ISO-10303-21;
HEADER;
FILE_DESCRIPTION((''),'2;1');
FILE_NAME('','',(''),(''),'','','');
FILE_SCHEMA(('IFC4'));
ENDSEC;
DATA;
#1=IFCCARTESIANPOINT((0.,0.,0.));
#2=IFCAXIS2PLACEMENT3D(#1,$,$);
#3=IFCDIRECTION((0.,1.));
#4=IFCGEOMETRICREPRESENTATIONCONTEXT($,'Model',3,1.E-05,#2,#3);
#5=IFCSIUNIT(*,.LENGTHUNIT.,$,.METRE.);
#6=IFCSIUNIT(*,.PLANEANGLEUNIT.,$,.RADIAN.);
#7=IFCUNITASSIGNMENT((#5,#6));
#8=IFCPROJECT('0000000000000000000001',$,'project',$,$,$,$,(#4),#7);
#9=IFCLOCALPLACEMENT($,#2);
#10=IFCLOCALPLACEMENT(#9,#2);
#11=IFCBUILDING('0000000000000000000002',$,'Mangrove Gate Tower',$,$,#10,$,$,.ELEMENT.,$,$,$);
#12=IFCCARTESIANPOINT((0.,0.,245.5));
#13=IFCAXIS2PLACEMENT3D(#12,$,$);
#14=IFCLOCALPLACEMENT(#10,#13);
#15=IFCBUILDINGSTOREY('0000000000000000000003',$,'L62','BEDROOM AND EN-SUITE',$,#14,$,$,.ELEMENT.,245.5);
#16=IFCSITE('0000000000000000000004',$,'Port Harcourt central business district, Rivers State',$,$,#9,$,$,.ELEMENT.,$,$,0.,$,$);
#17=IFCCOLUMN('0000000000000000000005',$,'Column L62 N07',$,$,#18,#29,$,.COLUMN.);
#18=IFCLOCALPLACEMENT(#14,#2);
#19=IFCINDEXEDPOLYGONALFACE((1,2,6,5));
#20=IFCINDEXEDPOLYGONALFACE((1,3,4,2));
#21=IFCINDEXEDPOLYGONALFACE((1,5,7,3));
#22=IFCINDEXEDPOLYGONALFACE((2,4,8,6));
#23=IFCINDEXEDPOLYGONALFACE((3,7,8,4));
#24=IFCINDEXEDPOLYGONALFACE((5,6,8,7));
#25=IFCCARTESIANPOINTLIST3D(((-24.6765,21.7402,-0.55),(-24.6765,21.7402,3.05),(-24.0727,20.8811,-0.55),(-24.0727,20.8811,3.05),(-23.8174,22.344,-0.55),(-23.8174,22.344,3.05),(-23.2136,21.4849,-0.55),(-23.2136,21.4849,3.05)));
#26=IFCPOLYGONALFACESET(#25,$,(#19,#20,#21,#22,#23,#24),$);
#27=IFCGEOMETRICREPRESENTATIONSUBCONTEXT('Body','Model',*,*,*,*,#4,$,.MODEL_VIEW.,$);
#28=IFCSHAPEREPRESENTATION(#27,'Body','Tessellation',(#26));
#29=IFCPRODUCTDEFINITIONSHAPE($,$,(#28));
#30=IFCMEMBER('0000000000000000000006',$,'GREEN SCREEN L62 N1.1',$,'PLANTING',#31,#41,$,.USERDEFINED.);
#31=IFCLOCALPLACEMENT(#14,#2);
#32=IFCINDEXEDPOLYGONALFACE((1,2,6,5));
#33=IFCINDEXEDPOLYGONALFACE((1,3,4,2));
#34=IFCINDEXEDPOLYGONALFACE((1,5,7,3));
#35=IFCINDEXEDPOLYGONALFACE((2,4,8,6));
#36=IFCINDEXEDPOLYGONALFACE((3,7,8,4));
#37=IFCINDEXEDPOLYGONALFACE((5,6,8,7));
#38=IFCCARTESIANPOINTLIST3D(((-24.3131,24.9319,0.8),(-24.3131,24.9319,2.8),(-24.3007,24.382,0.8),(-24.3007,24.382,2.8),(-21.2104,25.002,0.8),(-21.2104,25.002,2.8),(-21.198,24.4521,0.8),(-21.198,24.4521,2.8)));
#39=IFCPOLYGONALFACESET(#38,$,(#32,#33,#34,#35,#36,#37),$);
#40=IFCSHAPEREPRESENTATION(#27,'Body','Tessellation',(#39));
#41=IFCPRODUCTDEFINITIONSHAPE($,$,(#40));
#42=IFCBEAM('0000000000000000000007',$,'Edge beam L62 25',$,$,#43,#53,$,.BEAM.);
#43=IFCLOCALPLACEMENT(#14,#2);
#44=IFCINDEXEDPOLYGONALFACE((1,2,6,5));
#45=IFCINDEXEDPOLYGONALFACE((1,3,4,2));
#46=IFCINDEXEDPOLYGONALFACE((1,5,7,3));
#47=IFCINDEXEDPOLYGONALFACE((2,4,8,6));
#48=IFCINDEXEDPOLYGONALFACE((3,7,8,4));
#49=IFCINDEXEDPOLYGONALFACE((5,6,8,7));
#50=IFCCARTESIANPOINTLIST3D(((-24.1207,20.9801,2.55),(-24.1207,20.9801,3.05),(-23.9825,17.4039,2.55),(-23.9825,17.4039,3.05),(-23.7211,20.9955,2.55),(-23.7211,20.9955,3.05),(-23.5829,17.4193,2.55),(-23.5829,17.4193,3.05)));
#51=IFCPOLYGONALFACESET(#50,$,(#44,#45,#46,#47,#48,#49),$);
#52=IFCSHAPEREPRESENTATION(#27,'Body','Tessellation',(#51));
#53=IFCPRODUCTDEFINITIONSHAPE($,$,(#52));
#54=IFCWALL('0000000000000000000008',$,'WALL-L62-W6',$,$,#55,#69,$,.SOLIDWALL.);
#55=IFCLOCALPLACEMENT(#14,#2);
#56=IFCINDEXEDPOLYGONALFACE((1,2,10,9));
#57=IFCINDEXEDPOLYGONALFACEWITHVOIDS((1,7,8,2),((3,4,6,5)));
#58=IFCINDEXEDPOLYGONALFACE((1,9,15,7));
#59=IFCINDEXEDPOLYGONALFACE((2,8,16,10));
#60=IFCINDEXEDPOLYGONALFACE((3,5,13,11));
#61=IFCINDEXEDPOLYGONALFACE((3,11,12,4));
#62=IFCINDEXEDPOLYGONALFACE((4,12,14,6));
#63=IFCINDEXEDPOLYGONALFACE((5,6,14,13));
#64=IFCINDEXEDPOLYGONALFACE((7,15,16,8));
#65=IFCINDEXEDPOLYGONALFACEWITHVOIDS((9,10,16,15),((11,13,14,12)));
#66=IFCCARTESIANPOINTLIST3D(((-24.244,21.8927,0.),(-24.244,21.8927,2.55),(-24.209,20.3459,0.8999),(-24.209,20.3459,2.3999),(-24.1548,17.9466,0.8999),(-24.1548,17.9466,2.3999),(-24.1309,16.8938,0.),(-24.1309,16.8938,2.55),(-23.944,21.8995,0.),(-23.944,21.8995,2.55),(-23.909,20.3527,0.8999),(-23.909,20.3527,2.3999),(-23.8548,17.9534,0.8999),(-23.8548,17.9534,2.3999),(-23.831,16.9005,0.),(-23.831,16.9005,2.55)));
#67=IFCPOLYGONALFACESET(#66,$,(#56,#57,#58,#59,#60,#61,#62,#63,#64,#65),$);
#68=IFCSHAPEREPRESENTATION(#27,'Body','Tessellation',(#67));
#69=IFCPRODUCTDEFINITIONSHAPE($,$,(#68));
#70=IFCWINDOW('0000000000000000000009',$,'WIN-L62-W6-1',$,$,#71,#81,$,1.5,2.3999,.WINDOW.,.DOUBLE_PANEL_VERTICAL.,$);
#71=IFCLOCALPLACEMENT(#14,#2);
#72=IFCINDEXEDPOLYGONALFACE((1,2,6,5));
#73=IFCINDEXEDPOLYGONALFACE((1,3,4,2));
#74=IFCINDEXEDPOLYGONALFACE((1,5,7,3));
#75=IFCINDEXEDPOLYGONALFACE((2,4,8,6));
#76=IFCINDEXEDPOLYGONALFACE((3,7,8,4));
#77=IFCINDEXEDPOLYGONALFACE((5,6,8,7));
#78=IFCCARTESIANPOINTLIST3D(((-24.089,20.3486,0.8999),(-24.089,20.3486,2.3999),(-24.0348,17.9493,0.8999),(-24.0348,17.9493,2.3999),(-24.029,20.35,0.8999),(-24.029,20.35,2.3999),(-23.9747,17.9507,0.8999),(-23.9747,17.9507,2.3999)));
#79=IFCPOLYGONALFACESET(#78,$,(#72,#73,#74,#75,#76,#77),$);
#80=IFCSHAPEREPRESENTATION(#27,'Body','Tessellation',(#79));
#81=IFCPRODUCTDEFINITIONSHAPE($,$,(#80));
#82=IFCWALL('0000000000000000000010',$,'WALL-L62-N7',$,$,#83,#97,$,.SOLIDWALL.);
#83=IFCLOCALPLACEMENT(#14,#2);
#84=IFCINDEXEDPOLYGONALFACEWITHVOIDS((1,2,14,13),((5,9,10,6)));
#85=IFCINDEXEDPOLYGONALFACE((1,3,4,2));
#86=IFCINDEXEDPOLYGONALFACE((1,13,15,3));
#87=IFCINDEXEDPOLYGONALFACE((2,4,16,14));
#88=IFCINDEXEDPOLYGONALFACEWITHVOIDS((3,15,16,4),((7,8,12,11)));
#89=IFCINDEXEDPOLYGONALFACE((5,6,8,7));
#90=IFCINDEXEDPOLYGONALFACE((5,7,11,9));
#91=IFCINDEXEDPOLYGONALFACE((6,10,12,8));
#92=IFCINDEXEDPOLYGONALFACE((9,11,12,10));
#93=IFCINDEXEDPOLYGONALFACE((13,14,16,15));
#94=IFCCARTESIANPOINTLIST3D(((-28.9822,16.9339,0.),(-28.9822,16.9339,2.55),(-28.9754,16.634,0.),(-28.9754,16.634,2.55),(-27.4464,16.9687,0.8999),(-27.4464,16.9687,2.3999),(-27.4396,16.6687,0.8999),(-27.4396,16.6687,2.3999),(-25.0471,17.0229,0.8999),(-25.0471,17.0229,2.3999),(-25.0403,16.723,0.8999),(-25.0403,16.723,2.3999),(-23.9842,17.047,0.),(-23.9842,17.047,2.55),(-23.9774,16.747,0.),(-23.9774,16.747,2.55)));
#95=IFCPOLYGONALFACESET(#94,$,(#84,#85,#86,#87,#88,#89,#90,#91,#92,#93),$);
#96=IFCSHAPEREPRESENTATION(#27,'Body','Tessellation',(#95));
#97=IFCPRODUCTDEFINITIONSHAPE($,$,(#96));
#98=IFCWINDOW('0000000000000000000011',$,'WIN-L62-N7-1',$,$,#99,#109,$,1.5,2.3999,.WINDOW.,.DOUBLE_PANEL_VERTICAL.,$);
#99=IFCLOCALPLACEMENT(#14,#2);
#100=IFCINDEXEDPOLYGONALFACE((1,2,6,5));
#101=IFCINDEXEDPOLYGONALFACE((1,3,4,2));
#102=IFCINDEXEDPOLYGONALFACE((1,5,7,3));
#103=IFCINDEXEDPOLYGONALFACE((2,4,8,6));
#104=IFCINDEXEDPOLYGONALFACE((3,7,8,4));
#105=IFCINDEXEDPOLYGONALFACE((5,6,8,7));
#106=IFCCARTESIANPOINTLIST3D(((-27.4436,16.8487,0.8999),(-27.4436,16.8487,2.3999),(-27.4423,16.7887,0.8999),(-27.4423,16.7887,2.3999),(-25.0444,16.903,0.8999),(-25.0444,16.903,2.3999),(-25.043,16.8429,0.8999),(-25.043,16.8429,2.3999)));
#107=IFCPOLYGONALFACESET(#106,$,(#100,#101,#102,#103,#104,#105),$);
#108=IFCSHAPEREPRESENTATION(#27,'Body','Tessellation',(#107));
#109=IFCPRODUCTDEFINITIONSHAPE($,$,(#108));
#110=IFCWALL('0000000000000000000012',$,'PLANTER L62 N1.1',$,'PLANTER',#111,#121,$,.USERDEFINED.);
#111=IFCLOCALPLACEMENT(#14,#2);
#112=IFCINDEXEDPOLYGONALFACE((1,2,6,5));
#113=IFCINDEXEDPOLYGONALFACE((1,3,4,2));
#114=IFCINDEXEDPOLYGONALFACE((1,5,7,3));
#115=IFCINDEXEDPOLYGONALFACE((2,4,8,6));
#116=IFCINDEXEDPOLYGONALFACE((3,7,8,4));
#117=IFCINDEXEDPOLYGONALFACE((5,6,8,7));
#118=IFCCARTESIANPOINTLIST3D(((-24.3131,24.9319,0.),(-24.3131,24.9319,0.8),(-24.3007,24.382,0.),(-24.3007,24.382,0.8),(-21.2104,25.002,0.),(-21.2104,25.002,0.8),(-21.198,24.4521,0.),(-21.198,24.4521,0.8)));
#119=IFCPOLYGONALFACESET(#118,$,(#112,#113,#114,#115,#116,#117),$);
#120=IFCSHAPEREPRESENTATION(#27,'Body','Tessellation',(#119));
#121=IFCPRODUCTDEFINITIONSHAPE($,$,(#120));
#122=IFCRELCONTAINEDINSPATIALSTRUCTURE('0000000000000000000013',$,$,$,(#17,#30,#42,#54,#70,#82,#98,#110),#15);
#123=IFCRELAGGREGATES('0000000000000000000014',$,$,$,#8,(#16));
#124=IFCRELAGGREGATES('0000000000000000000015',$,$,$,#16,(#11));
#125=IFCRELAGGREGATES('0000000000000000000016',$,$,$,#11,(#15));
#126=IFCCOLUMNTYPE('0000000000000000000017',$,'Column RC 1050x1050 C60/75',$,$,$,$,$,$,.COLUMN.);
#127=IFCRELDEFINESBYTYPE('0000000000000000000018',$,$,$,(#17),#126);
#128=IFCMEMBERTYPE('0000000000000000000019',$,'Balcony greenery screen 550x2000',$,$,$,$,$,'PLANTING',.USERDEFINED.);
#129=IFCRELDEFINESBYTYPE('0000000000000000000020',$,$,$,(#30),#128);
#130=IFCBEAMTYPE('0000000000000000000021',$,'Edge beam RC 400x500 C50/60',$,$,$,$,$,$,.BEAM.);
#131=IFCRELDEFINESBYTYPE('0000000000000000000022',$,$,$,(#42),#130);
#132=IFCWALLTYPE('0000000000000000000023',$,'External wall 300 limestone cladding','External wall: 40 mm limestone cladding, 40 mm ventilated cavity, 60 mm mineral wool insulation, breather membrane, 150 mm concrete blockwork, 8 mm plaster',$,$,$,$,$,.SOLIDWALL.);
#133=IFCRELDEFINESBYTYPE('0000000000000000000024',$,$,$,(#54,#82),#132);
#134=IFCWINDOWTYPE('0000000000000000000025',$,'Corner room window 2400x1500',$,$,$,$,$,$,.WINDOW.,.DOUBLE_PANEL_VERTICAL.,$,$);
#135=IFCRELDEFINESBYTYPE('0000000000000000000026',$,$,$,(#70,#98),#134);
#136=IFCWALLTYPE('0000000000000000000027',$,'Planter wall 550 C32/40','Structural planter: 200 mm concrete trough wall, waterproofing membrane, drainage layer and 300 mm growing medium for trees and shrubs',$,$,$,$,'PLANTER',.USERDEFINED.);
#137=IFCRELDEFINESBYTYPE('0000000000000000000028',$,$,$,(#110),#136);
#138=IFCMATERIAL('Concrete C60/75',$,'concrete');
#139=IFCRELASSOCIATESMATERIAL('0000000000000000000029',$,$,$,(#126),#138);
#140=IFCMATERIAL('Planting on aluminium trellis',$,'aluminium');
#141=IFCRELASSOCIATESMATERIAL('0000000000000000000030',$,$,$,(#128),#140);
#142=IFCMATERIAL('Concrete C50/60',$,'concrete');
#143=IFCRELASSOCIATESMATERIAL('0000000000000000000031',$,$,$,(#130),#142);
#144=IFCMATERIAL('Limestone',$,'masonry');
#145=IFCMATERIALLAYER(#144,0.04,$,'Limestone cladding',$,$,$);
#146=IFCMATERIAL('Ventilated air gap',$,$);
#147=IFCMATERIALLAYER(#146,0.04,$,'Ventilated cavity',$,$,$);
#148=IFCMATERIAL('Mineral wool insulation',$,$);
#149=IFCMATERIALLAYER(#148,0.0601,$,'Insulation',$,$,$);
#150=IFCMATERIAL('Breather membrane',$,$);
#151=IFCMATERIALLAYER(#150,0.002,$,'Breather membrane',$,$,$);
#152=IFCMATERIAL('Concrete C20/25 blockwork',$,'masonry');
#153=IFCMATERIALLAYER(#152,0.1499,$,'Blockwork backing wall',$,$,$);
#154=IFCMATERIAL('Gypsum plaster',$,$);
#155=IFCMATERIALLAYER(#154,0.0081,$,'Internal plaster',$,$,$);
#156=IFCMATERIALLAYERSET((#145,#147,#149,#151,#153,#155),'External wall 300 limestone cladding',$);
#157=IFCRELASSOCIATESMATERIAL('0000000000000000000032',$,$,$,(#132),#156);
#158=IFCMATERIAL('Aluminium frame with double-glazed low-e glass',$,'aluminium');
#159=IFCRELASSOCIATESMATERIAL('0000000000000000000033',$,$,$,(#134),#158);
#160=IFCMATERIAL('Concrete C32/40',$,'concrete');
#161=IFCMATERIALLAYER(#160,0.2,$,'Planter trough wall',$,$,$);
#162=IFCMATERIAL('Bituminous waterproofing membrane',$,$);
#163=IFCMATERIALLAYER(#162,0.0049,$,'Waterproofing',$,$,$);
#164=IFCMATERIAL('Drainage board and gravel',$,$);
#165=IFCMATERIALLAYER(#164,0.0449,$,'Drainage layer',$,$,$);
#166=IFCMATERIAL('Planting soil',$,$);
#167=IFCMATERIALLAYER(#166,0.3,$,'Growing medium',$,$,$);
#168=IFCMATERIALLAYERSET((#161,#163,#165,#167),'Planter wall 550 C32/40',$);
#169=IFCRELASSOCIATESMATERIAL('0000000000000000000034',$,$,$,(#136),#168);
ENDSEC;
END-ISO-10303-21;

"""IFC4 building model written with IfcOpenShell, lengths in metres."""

from ifc_helpers import new_model, si_unit, direction, frame, frame_2d, origin, origin_2d, place, context, subcontext, project, spatial, rectangle, extrude, material, layer, layer_set, material_profile, profile_set, type_object, element, fill, save


model = new_model("IFC4")

# Units and contexts
model_context = context("Model", 3, precision=1e-05, world=origin(), true_north=direction((0.0, 1.0)))
body_context = subcontext(model_context, "Body", "Model", "MODEL_VIEW")
ifc_project = project(units=[si_unit("LENGTHUNIT", "METRE"), si_unit("PLANEANGLEUNIT", "RADIAN")], contexts=[model_context])

# Site, building, storey
site_placement = place(None, origin())
site = spatial("IfcSite", under=ifc_project, at=site_placement, Name="Port Harcourt central business district, Rivers State", CompositionType="ELEMENT", RefElevation=0.0)
building_placement = place(site_placement, origin())
building = spatial("IfcBuilding", under=site, at=building_placement, Name="Mangrove Gate Tower", CompositionType="ELEMENT")
storey_placement = place(building_placement, frame((0.0, 0.0, 245.5)))
storey = spatial("IfcBuildingStorey", under=building, at=storey_placement, Name="L62", Description="BEDROOM AND EN-SUITE", CompositionType="ELEMENT", Elevation=245.5)

# Column
ifc_material_1 = material(Name="Concrete C60/75", Category="concrete")
ifc_material_profile_1 = material_profile(ifc_material_1, rectangle(XDim=1.05, YDim=1.05, at=origin_2d()))
ifc_profile_set_1 = profile_set([ifc_material_profile_1], Name="Concrete C60/75")
column_type = type_object("IfcColumnType", Name="Column RC 1050x1050 C60/75", PredefinedType="COLUMN", material=ifc_profile_set_1)
column_placement = place(storey_placement, frame((-23.9451, 21.6125, -0.55), z_axis=(0.0, 0.0, 1.0), x_axis=(-0.818138, -0.575022, 0.0)))
element("IfcColumn", 1, at=column_placement, inside=storey, type_object=column_type, Name="Column L62 N07", PredefinedType="COLUMN", context=body_context, shape_type="SweptSolid", body=[
    extrude(rectangle(XDim=1.05, YDim=1.05, at=origin_2d()), origin(), (0.0, 0.0, 1.0), 3.6001),
])

# Member
ifc_material_2 = material(Name="Planting on aluminium trellis", Category="aluminium")
ifc_material_profile_2 = material_profile(ifc_material_2, rectangle(XDim=0.55, YDim=2.0, at=origin_2d()))
ifc_profile_set_2 = profile_set([ifc_material_profile_2], Name="Planting on aluminium trellis")
member_type = type_object("IfcMemberType", Name="Balcony greenery screen 550x2000", ElementType="PLANTING", PredefinedType="USERDEFINED", material=ifc_profile_set_2)
member_placement = place(storey_placement, frame((-24.3069, 24.657, 1.8), z_axis=(0.999745, 0.022577, 0.0), x_axis=(-0.022577, 0.999745, 0.0)))
element("IfcMember", 2, at=member_placement, inside=storey, type_object=member_type, Name="GREEN SCREEN L62 N1.1", ObjectType="PLANTING", PredefinedType="USERDEFINED", context=body_context, shape_type="SweptSolid", body=[
    extrude(rectangle(XDim=0.55, YDim=2.0, at=origin_2d()), origin(), (0.0, 0.0, 1.0), 3.1035),
])

# Beam
ifc_material_3 = material(Name="Concrete C50/60", Category="concrete")
ifc_material_profile_3 = material_profile(ifc_material_3, rectangle(XDim=0.3999, YDim=0.5, at=origin_2d()))
ifc_profile_set_3 = profile_set([ifc_material_profile_3], Name="Concrete C50/60")
beam_type = type_object("IfcBeamType", Name="Edge beam RC 400x500 C50/60", PredefinedType="BEAM", material=ifc_profile_set_3)
beam_placement = place(storey_placement, frame((-23.9209, 20.9878, 2.8), z_axis=(0.038611, -0.999254, 0.0), x_axis=(0.999254, 0.038611, 0.0)))
element("IfcBeam", 3, at=beam_placement, inside=storey, type_object=beam_type, Name="Edge beam L62 25", PredefinedType="BEAM", context=body_context, shape_type="SweptSolid", body=[
    extrude(rectangle(XDim=0.3999, YDim=0.5, at=origin_2d()), origin(), (0.0, 0.0, 1.0), 3.5789),
])

# Walls, openings, windows
ifc_material_4 = material(Name="Limestone", Category="masonry")
ifc_layer_1 = layer(ifc_material_4, 0.04, Name="Limestone cladding")
ifc_material_5 = material(Name="Ventilated air gap")
ifc_layer_2 = layer(ifc_material_5, 0.04, Name="Ventilated cavity")
ifc_material_6 = material(Name="Mineral wool insulation")
ifc_layer_3 = layer(ifc_material_6, 0.0601, Name="Insulation")
ifc_material_7 = material(Name="Breather membrane")
ifc_layer_4 = layer(ifc_material_7, 0.002, Name="Breather membrane")
ifc_material_8 = material(Name="Concrete C20/25 blockwork", Category="masonry")
ifc_layer_5 = layer(ifc_material_8, 0.1499, Name="Blockwork backing wall")
ifc_material_9 = material(Name="Gypsum plaster")
ifc_layer_6 = layer(ifc_material_9, 0.0081, Name="Internal plaster")
ifc_layer_set_1 = layer_set([ifc_layer_1, ifc_layer_2, ifc_layer_3, ifc_layer_4, ifc_layer_5, ifc_layer_6], Name="External wall 300 limestone cladding")
wall_type_1 = type_object("IfcWallType", Name="External wall 300 limestone cladding", Description="External wall: 40 mm limestone cladding, 40 mm ventilated cavity, 60 mm mineral wool insulation, breather membrane, 150 mm concrete blockwork, 8 mm plaster", PredefinedType="SOLIDWALL", material=ifc_layer_set_1)
wall_1_placement = place(storey_placement, frame((-24.094, 21.896, 0.0), z_axis=(0.0, 0.0, 1.0), x_axis=(0.022606, -0.999744, 0.0)))
wall_1 = element("IfcWall", 4, at=wall_1_placement, inside=storey, type_object=wall_type_1, Name="WALL-L62-W6", PredefinedType="SOLIDWALL", context=body_context, shape_type="SweptSolid", body=[
    extrude(rectangle(XDim=5.0002, YDim=0.3, at=frame_2d((2.5, 0.0))), origin(), (0.0, 0.0, 1.0), 2.55),
])
opening_1_placement = place(wall_1_placement, frame((1.5471, 0.0, 0.8999)))
opening_1 = element("IfcOpeningElement", 5, at=opening_1_placement, cuts=wall_1, PredefinedType="OPENING", context=body_context, shape_type="SweptSolid", body=[
    extrude(rectangle(XDim=2.3999, YDim=1.5, at=frame_2d((1.2, 0.75))), frame((0.0, 0.1599, 0.0), z_axis=(0.0, -1.0, 0.0), x_axis=(1.0, 0.0, 0.0)), (0.0, 0.0, 1.0), 0.3201),
])
ifc_material_10 = material(Name="Aluminium frame with double-glazed low-e glass", Category="aluminium")
window_type = type_object("IfcWindowType", Name="Corner room window 2400x1500", PartitioningType="DOUBLE_PANEL_VERTICAL", PredefinedType="WINDOW", material=ifc_material_10)
window_1_placement = place(opening_1_placement, origin())
window_1 = element("IfcWindow", 6, at=window_1_placement, inside=storey, type_object=window_type, Name="WIN-L62-W6-1", OverallHeight=1.5, OverallWidth=2.3999, PartitioningType="DOUBLE_PANEL_VERTICAL", PredefinedType="WINDOW", context=body_context, shape_type="SweptSolid", body=[
    extrude(rectangle(XDim=2.3999, YDim=1.5, at=frame_2d((1.2, 0.75))), frame((0.0, 0.03, 0.0), z_axis=(0.0, -1.0, 0.0), x_axis=(1.0, 0.0, 0.0)), (0.0, 0.0, 1.0), 0.0601),
])
fill(opening_1, window_1)
wall_2_placement = place(storey_placement, frame((-23.981, 16.897, 0.0), z_axis=(0.0, 0.0, 1.0), x_axis=(-0.999744, -0.02261, 0.0)))
wall_2 = element("IfcWall", 7, at=wall_2_placement, inside=storey, type_object=wall_type_1, Name="WALL-L62-N7", PredefinedType="SOLIDWALL", context=body_context, shape_type="SweptSolid", body=[
    extrude(rectangle(XDim=4.9993, YDim=0.3, at=frame_2d((2.4995, 0.0))), origin(), (0.0, 0.0, 1.0), 2.55),
])
opening_2_placement = place(wall_2_placement, frame((1.063, 0.0, 0.8999)))
opening_2 = element("IfcOpeningElement", 8, at=opening_2_placement, cuts=wall_2, PredefinedType="OPENING", context=body_context, shape_type="SweptSolid", body=[
    extrude(rectangle(XDim=2.3999, YDim=1.5, at=frame_2d((1.2, 0.75))), frame((0.0, 0.1599, 0.0), z_axis=(0.0, -1.0, 0.0), x_axis=(1.0, 0.0, 0.0)), (0.0, 0.0, 1.0), 0.3201),
])
window_2_placement = place(opening_2_placement, origin())
window_2 = element("IfcWindow", 9, at=window_2_placement, inside=storey, type_object=window_type, Name="WIN-L62-N7-1", OverallHeight=1.5, OverallWidth=2.3999, PartitioningType="DOUBLE_PANEL_VERTICAL", PredefinedType="WINDOW", context=body_context, shape_type="SweptSolid", body=[
    extrude(rectangle(XDim=2.3999, YDim=1.5, at=frame_2d((1.2, 0.75))), frame((0.0, 0.03, 0.0), z_axis=(0.0, -1.0, 0.0), x_axis=(1.0, 0.0, 0.0)), (0.0, 0.0, 1.0), 0.0601),
])
fill(opening_2, window_2)

# Wall
ifc_material_11 = material(Name="Concrete C32/40", Category="concrete")
ifc_layer_7 = layer(ifc_material_11, 0.2, Name="Planter trough wall")
ifc_material_12 = material(Name="Bituminous waterproofing membrane")
ifc_layer_8 = layer(ifc_material_12, 0.0049, Name="Waterproofing")
ifc_material_13 = material(Name="Drainage board and gravel")
ifc_layer_9 = layer(ifc_material_13, 0.0449, Name="Drainage layer")
ifc_material_14 = material(Name="Planting soil")
ifc_layer_10 = layer(ifc_material_14, 0.3, Name="Growing medium")
ifc_layer_set_2 = layer_set([ifc_layer_7, ifc_layer_8, ifc_layer_9, ifc_layer_10], Name="Planter wall 550 C32/40")
wall_type_2 = type_object("IfcWallType", Name="Planter wall 550 C32/40", Description="Structural planter: 200 mm concrete trough wall, waterproofing membrane, drainage layer and 300 mm growing medium for trees and shrubs", ElementType="PLANTER", PredefinedType="USERDEFINED", material=ifc_layer_set_2)
wall_3_placement = place(storey_placement, frame((-24.3069, 24.657, 0.0), z_axis=(0.0, 0.0, 1.0), x_axis=(0.999745, 0.022577, 0.0)))
element("IfcWall", 10, at=wall_3_placement, inside=storey, type_object=wall_type_2, Name="PLANTER L62 N1.1", ObjectType="PLANTER", PredefinedType="USERDEFINED", context=body_context, shape_type="SweptSolid", body=[
    extrude(rectangle(XDim=3.1035, YDim=0.55, at=frame_2d((1.5518, 0.0))), origin(), (0.0, 0.0, 1.0), 0.8),
])

save(model, "model.ifc")
